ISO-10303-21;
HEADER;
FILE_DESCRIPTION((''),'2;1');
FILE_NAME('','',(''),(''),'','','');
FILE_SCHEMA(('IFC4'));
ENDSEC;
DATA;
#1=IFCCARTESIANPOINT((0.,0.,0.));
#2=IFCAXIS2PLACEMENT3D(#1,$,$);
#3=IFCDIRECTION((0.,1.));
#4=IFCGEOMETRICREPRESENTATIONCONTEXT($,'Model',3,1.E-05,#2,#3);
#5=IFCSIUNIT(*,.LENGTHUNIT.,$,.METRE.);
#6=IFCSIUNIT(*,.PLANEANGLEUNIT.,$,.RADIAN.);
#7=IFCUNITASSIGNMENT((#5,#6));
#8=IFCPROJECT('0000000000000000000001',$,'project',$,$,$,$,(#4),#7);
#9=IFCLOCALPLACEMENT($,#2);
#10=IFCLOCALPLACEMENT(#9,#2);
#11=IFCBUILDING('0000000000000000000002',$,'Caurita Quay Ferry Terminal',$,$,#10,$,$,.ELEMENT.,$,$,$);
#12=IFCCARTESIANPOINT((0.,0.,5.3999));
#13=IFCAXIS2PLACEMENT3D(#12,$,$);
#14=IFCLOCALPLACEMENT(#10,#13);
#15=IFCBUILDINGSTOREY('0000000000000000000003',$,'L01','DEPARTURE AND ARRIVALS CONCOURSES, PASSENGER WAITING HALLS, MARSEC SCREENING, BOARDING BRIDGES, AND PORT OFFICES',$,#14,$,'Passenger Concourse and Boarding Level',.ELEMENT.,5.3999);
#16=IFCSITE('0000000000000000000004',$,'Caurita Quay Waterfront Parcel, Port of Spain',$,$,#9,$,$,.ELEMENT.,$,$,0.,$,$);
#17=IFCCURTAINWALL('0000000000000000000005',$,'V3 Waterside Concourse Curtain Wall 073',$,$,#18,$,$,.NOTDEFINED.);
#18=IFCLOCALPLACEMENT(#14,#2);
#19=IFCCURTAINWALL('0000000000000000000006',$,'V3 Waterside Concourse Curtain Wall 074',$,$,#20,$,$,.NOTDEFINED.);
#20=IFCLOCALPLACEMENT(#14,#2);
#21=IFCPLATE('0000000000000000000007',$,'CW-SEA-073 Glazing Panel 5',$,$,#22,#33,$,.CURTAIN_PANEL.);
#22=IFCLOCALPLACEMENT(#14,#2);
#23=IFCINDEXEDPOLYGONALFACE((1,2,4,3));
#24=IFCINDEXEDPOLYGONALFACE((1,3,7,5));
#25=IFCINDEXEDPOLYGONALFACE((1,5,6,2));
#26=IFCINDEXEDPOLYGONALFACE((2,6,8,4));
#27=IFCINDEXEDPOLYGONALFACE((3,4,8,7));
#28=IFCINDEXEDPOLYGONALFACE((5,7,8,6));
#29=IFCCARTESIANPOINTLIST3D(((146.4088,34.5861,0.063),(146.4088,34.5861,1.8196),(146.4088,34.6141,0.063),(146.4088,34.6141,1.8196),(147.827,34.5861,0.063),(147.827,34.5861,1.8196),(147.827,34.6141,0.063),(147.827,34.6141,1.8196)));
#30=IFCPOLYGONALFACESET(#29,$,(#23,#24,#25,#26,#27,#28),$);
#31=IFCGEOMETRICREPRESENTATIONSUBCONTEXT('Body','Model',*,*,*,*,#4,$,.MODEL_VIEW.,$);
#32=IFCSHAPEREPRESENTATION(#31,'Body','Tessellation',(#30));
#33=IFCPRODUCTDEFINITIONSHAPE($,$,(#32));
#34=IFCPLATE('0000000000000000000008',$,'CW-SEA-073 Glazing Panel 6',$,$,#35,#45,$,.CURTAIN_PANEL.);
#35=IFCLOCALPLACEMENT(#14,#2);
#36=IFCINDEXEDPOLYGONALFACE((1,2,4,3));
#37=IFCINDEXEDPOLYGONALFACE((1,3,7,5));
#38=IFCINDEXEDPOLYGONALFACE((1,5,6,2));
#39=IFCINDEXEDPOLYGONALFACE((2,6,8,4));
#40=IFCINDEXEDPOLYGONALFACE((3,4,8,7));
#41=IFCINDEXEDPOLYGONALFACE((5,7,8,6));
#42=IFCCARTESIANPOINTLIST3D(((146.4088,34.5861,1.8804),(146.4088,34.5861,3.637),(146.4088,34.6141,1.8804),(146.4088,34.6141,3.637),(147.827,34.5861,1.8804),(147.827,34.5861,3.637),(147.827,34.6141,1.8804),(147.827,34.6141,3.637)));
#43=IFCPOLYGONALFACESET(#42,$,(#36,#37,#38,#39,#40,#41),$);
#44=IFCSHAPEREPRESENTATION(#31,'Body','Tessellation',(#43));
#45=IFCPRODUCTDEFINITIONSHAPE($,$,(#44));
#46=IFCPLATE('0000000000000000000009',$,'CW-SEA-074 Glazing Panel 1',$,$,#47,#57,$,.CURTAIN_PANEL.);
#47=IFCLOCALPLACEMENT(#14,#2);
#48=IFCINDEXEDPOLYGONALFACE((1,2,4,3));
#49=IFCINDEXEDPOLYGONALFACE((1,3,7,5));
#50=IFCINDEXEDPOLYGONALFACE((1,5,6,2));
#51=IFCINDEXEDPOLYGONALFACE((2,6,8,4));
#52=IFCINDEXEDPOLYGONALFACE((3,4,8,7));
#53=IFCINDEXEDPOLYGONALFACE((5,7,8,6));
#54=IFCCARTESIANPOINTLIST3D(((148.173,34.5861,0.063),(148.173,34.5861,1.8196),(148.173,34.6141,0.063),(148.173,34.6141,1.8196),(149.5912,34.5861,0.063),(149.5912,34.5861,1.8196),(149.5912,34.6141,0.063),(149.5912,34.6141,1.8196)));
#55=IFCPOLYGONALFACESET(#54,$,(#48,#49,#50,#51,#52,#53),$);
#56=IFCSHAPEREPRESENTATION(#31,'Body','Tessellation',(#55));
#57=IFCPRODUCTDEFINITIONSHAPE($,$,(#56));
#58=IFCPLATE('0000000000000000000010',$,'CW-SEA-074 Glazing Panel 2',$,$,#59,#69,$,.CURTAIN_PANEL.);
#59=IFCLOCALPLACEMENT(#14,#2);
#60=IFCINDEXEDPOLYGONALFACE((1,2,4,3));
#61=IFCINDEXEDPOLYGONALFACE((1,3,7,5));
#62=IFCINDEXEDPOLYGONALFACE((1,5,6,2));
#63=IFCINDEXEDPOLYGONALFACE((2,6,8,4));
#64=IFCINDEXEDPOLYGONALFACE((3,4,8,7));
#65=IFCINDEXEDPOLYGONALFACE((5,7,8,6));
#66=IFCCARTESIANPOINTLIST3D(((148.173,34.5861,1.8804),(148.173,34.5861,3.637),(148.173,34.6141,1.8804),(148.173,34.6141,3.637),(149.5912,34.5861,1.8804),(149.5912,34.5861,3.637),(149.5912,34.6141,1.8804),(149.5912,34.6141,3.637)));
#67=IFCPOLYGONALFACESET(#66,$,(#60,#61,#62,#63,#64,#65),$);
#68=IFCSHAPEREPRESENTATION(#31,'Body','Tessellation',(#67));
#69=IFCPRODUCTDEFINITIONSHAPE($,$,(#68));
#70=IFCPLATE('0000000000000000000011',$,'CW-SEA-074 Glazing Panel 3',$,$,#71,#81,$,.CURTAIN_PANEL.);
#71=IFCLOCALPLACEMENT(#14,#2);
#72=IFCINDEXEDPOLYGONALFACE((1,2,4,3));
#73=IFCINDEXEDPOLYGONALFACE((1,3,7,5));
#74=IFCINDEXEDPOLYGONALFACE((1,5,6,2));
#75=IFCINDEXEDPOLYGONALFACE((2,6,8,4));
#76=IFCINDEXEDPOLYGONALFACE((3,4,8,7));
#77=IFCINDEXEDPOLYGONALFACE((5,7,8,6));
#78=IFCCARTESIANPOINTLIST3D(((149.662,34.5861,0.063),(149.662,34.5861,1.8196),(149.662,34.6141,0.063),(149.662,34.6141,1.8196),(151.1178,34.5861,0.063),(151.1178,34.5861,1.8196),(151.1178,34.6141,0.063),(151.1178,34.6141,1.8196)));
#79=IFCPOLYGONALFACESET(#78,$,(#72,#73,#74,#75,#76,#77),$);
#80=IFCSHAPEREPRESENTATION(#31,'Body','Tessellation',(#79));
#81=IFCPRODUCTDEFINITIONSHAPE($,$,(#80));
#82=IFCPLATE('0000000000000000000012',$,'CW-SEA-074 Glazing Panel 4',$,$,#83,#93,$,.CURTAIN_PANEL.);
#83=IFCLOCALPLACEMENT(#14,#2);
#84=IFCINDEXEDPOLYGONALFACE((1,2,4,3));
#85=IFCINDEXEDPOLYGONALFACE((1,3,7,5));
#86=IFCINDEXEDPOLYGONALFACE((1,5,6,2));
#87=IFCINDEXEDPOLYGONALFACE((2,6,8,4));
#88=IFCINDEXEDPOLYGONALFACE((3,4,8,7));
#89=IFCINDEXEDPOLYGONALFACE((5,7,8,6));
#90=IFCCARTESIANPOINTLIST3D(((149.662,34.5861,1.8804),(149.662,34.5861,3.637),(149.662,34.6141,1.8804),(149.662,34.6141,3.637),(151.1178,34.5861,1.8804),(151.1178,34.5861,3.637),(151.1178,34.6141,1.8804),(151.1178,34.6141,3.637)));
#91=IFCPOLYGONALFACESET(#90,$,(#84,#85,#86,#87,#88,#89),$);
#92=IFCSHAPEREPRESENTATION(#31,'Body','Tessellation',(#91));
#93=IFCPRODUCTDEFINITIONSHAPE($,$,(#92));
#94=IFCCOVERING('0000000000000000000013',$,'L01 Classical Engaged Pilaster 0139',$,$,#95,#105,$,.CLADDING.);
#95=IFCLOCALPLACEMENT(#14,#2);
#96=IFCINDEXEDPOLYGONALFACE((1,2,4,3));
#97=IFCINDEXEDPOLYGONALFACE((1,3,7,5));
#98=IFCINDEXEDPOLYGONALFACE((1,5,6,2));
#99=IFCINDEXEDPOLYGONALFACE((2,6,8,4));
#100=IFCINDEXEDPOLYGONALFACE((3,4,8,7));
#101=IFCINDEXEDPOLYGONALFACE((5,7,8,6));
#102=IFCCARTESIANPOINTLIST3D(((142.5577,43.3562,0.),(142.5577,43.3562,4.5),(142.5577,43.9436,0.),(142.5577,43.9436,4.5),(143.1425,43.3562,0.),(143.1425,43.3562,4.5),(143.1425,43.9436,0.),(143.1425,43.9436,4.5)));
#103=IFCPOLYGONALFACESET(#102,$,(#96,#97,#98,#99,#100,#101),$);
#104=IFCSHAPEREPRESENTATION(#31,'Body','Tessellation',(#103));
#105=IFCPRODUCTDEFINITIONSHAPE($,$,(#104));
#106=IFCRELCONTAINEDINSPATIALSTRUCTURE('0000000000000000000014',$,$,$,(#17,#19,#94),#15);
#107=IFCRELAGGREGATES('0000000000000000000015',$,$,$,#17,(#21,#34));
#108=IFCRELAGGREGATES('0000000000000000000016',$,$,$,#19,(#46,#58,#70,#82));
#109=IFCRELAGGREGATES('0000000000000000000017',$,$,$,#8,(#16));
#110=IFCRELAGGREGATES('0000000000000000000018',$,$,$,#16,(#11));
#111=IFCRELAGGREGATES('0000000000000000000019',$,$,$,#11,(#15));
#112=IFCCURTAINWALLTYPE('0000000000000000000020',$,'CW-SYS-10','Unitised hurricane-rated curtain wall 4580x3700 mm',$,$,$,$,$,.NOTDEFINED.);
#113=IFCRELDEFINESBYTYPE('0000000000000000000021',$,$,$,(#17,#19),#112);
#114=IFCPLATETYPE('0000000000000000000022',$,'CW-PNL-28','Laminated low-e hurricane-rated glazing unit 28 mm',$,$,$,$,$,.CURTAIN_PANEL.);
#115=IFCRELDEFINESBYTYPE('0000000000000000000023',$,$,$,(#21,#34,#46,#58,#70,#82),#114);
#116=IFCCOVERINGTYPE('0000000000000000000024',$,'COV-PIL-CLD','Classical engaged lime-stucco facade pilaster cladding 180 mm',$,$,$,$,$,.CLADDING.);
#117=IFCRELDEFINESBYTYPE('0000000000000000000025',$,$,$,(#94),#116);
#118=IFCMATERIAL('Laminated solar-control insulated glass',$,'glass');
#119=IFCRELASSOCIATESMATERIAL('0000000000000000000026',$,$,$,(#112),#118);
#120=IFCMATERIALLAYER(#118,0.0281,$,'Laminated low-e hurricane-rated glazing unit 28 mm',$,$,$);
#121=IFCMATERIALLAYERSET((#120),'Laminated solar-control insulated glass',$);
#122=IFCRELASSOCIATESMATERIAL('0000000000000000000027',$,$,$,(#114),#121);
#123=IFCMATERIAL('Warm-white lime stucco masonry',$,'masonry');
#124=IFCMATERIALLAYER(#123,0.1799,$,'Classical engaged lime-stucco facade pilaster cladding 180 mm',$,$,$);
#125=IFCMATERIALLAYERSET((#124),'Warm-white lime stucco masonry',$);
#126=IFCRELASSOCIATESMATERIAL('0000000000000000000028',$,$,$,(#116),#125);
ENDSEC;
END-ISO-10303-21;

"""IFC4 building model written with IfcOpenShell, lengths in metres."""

from ifc_helpers import new_model, si_unit, direction, frame, origin, origin_2d, place, context, subcontext, project, spatial, rectangle, extrude, material, layer, layer_set, type_object, element, aggregate, save


model = new_model("IFC4")

# Units and contexts
model_context = context("Model", 3, precision=1e-05, world=origin(), true_north=direction((0.0, 1.0)))
body_context = subcontext(model_context, "Body", "Model", "MODEL_VIEW")
ifc_project = project(units=[si_unit("LENGTHUNIT", "METRE"), si_unit("PLANEANGLEUNIT", "RADIAN")], contexts=[model_context])

# Site, building, storey
site_placement = place(None, origin())
site = spatial("IfcSite", under=ifc_project, at=site_placement, Name="Caurita Quay Waterfront Parcel, Port of Spain", CompositionType="ELEMENT", RefElevation=0.0)
building_placement = place(site_placement, origin())
building = spatial("IfcBuilding", under=site, at=building_placement, Name="Caurita Quay Ferry Terminal", CompositionType="ELEMENT")
storey_placement = place(building_placement, frame((0.0, 0.0, 5.3999)))
storey = spatial("IfcBuildingStorey", under=building, at=storey_placement, Name="L01", Description="DEPARTURE AND ARRIVALS CONCOURSES, PASSENGER WAITING HALLS, MARSEC SCREENING, BOARDING BRIDGES, AND PORT OFFICES", LongName="Passenger Concourse and Boarding Level", CompositionType="ELEMENT", Elevation=5.3999)

# Curtain walls
ifc_material_1 = material(Name="Laminated solar-control insulated glass", Category="glass")
curtain_wall_type = type_object("IfcCurtainWallType", Name="CW-SYS-10", Description="Unitised hurricane-rated curtain wall 4580x3700 mm", PredefinedType="NOTDEFINED", material=ifc_material_1)
curtain_wall_1_placement = place(storey_placement, origin())
curtain_wall_1 = element("IfcCurtainWall", 1, at=curtain_wall_1_placement, inside=storey, type_object=curtain_wall_type, Name="V3 Waterside Concourse Curtain Wall 073", PredefinedType="NOTDEFINED")
curtain_wall_2_placement = place(storey_placement, origin())
curtain_wall_2 = element("IfcCurtainWall", 2, at=curtain_wall_2_placement, inside=storey, type_object=curtain_wall_type, Name="V3 Waterside Concourse Curtain Wall 074", PredefinedType="NOTDEFINED")

# Plates
ifc_layer_1 = layer(ifc_material_1, 0.0281, Name="Laminated low-e hurricane-rated glazing unit 28 mm")
ifc_layer_set_1 = layer_set([ifc_layer_1], Name="Laminated solar-control insulated glass")
plate_type = type_object("IfcPlateType", Name="CW-PNL-28", Description="Laminated low-e hurricane-rated glazing unit 28 mm", PredefinedType="CURTAIN_PANEL", material=ifc_layer_set_1)
plate_1_placement = place(storey_placement, frame((147.1179, 34.6001, 0.063), z_axis=(0.0, 0.0, 1.0), x_axis=(1.0, 0.0, 0.0)))
plate_1 = element("IfcPlate", 3, at=plate_1_placement, type_object=plate_type, Name="CW-SEA-073 Glazing Panel 5", PredefinedType="CURTAIN_PANEL", context=body_context, shape_type="SweptSolid", body=[
    extrude(rectangle(XDim=1.4182, YDim=0.0281, at=origin_2d()), origin(), (0.0, 0.0, 1.0), 1.7566),
])
plate_2_placement = place(storey_placement, frame((147.1179, 34.6001, 1.8804), z_axis=(0.0, 0.0, 1.0), x_axis=(1.0, 0.0, 0.0)))
plate_2 = element("IfcPlate", 4, at=plate_2_placement, type_object=plate_type, Name="CW-SEA-073 Glazing Panel 6", PredefinedType="CURTAIN_PANEL", context=body_context, shape_type="SweptSolid", body=[
    extrude(rectangle(XDim=1.4182, YDim=0.0281, at=origin_2d()), origin(), (0.0, 0.0, 1.0), 1.7566),
])
aggregate(curtain_wall_1, [plate_1, plate_2])
plate_3_placement = place(storey_placement, frame((148.8821, 34.6001, 0.063), z_axis=(0.0, 0.0, 1.0), x_axis=(1.0, 0.0, 0.0)))
plate_3 = element("IfcPlate", 5, at=plate_3_placement, type_object=plate_type, Name="CW-SEA-074 Glazing Panel 1", PredefinedType="CURTAIN_PANEL", context=body_context, shape_type="SweptSolid", body=[
    extrude(rectangle(XDim=1.4182, YDim=0.0281, at=origin_2d()), origin(), (0.0, 0.0, 1.0), 1.7566),
])
plate_4_placement = place(storey_placement, frame((148.8821, 34.6001, 1.8804), z_axis=(0.0, 0.0, 1.0), x_axis=(1.0, 0.0, 0.0)))
plate_4 = element("IfcPlate", 6, at=plate_4_placement, type_object=plate_type, Name="CW-SEA-074 Glazing Panel 2", PredefinedType="CURTAIN_PANEL", context=body_context, shape_type="SweptSolid", body=[
    extrude(rectangle(XDim=1.4182, YDim=0.0281, at=origin_2d()), origin(), (0.0, 0.0, 1.0), 1.7566),
])
plate_5_placement = place(storey_placement, frame((150.3899, 34.6001, 0.063), z_axis=(0.0, 0.0, 1.0), x_axis=(1.0, 0.0, 0.0)))
plate_5 = element("IfcPlate", 7, at=plate_5_placement, type_object=plate_type, Name="CW-SEA-074 Glazing Panel 3", PredefinedType="CURTAIN_PANEL", context=body_context, shape_type="SweptSolid", body=[
    extrude(rectangle(XDim=1.4558, YDim=0.0281, at=origin_2d()), origin(), (0.0, 0.0, 1.0), 1.7566),
])
plate_6_placement = place(storey_placement, frame((150.3899, 34.6001, 1.8804), z_axis=(0.0, 0.0, 1.0), x_axis=(1.0, 0.0, 0.0)))
plate_6 = element("IfcPlate", 8, at=plate_6_placement, type_object=plate_type, Name="CW-SEA-074 Glazing Panel 4", PredefinedType="CURTAIN_PANEL", context=body_context, shape_type="SweptSolid", body=[
    extrude(rectangle(XDim=1.4558, YDim=0.0281, at=origin_2d()), origin(), (0.0, 0.0, 1.0), 1.7566),
])
aggregate(curtain_wall_2, [plate_3, plate_4, plate_5, plate_6])

# Covering
ifc_material_2 = material(Name="Warm-white lime stucco masonry", Category="masonry")
ifc_layer_2 = layer(ifc_material_2, 0.1799, Name="Classical engaged lime-stucco facade pilaster cladding 180 mm")
ifc_layer_set_2 = layer_set([ifc_layer_2], Name="Warm-white lime stucco masonry")
covering_type = type_object("IfcCoveringType", Name="COV-PIL-CLD", Description="Classical engaged lime-stucco facade pilaster cladding 180 mm", PredefinedType="CLADDING", material=ifc_layer_set_2)
covering_placement = place(storey_placement, frame((142.8501, 43.6499, 0.0), z_axis=(0.0, 0.0, 1.0), x_axis=(1.0, 0.0, 0.0)))
element("IfcCovering", 9, at=covering_placement, inside=storey, type_object=covering_type, Name="L01 Classical Engaged Pilaster 0139", PredefinedType="CLADDING", context=body_context, shape_type="SweptSolid", body=[
    extrude(rectangle(XDim=0.5847, YDim=0.5874, at=origin_2d()), origin(), (0.0, 0.0, 1.0), 4.5),
])

save(model, "model.ifc")
